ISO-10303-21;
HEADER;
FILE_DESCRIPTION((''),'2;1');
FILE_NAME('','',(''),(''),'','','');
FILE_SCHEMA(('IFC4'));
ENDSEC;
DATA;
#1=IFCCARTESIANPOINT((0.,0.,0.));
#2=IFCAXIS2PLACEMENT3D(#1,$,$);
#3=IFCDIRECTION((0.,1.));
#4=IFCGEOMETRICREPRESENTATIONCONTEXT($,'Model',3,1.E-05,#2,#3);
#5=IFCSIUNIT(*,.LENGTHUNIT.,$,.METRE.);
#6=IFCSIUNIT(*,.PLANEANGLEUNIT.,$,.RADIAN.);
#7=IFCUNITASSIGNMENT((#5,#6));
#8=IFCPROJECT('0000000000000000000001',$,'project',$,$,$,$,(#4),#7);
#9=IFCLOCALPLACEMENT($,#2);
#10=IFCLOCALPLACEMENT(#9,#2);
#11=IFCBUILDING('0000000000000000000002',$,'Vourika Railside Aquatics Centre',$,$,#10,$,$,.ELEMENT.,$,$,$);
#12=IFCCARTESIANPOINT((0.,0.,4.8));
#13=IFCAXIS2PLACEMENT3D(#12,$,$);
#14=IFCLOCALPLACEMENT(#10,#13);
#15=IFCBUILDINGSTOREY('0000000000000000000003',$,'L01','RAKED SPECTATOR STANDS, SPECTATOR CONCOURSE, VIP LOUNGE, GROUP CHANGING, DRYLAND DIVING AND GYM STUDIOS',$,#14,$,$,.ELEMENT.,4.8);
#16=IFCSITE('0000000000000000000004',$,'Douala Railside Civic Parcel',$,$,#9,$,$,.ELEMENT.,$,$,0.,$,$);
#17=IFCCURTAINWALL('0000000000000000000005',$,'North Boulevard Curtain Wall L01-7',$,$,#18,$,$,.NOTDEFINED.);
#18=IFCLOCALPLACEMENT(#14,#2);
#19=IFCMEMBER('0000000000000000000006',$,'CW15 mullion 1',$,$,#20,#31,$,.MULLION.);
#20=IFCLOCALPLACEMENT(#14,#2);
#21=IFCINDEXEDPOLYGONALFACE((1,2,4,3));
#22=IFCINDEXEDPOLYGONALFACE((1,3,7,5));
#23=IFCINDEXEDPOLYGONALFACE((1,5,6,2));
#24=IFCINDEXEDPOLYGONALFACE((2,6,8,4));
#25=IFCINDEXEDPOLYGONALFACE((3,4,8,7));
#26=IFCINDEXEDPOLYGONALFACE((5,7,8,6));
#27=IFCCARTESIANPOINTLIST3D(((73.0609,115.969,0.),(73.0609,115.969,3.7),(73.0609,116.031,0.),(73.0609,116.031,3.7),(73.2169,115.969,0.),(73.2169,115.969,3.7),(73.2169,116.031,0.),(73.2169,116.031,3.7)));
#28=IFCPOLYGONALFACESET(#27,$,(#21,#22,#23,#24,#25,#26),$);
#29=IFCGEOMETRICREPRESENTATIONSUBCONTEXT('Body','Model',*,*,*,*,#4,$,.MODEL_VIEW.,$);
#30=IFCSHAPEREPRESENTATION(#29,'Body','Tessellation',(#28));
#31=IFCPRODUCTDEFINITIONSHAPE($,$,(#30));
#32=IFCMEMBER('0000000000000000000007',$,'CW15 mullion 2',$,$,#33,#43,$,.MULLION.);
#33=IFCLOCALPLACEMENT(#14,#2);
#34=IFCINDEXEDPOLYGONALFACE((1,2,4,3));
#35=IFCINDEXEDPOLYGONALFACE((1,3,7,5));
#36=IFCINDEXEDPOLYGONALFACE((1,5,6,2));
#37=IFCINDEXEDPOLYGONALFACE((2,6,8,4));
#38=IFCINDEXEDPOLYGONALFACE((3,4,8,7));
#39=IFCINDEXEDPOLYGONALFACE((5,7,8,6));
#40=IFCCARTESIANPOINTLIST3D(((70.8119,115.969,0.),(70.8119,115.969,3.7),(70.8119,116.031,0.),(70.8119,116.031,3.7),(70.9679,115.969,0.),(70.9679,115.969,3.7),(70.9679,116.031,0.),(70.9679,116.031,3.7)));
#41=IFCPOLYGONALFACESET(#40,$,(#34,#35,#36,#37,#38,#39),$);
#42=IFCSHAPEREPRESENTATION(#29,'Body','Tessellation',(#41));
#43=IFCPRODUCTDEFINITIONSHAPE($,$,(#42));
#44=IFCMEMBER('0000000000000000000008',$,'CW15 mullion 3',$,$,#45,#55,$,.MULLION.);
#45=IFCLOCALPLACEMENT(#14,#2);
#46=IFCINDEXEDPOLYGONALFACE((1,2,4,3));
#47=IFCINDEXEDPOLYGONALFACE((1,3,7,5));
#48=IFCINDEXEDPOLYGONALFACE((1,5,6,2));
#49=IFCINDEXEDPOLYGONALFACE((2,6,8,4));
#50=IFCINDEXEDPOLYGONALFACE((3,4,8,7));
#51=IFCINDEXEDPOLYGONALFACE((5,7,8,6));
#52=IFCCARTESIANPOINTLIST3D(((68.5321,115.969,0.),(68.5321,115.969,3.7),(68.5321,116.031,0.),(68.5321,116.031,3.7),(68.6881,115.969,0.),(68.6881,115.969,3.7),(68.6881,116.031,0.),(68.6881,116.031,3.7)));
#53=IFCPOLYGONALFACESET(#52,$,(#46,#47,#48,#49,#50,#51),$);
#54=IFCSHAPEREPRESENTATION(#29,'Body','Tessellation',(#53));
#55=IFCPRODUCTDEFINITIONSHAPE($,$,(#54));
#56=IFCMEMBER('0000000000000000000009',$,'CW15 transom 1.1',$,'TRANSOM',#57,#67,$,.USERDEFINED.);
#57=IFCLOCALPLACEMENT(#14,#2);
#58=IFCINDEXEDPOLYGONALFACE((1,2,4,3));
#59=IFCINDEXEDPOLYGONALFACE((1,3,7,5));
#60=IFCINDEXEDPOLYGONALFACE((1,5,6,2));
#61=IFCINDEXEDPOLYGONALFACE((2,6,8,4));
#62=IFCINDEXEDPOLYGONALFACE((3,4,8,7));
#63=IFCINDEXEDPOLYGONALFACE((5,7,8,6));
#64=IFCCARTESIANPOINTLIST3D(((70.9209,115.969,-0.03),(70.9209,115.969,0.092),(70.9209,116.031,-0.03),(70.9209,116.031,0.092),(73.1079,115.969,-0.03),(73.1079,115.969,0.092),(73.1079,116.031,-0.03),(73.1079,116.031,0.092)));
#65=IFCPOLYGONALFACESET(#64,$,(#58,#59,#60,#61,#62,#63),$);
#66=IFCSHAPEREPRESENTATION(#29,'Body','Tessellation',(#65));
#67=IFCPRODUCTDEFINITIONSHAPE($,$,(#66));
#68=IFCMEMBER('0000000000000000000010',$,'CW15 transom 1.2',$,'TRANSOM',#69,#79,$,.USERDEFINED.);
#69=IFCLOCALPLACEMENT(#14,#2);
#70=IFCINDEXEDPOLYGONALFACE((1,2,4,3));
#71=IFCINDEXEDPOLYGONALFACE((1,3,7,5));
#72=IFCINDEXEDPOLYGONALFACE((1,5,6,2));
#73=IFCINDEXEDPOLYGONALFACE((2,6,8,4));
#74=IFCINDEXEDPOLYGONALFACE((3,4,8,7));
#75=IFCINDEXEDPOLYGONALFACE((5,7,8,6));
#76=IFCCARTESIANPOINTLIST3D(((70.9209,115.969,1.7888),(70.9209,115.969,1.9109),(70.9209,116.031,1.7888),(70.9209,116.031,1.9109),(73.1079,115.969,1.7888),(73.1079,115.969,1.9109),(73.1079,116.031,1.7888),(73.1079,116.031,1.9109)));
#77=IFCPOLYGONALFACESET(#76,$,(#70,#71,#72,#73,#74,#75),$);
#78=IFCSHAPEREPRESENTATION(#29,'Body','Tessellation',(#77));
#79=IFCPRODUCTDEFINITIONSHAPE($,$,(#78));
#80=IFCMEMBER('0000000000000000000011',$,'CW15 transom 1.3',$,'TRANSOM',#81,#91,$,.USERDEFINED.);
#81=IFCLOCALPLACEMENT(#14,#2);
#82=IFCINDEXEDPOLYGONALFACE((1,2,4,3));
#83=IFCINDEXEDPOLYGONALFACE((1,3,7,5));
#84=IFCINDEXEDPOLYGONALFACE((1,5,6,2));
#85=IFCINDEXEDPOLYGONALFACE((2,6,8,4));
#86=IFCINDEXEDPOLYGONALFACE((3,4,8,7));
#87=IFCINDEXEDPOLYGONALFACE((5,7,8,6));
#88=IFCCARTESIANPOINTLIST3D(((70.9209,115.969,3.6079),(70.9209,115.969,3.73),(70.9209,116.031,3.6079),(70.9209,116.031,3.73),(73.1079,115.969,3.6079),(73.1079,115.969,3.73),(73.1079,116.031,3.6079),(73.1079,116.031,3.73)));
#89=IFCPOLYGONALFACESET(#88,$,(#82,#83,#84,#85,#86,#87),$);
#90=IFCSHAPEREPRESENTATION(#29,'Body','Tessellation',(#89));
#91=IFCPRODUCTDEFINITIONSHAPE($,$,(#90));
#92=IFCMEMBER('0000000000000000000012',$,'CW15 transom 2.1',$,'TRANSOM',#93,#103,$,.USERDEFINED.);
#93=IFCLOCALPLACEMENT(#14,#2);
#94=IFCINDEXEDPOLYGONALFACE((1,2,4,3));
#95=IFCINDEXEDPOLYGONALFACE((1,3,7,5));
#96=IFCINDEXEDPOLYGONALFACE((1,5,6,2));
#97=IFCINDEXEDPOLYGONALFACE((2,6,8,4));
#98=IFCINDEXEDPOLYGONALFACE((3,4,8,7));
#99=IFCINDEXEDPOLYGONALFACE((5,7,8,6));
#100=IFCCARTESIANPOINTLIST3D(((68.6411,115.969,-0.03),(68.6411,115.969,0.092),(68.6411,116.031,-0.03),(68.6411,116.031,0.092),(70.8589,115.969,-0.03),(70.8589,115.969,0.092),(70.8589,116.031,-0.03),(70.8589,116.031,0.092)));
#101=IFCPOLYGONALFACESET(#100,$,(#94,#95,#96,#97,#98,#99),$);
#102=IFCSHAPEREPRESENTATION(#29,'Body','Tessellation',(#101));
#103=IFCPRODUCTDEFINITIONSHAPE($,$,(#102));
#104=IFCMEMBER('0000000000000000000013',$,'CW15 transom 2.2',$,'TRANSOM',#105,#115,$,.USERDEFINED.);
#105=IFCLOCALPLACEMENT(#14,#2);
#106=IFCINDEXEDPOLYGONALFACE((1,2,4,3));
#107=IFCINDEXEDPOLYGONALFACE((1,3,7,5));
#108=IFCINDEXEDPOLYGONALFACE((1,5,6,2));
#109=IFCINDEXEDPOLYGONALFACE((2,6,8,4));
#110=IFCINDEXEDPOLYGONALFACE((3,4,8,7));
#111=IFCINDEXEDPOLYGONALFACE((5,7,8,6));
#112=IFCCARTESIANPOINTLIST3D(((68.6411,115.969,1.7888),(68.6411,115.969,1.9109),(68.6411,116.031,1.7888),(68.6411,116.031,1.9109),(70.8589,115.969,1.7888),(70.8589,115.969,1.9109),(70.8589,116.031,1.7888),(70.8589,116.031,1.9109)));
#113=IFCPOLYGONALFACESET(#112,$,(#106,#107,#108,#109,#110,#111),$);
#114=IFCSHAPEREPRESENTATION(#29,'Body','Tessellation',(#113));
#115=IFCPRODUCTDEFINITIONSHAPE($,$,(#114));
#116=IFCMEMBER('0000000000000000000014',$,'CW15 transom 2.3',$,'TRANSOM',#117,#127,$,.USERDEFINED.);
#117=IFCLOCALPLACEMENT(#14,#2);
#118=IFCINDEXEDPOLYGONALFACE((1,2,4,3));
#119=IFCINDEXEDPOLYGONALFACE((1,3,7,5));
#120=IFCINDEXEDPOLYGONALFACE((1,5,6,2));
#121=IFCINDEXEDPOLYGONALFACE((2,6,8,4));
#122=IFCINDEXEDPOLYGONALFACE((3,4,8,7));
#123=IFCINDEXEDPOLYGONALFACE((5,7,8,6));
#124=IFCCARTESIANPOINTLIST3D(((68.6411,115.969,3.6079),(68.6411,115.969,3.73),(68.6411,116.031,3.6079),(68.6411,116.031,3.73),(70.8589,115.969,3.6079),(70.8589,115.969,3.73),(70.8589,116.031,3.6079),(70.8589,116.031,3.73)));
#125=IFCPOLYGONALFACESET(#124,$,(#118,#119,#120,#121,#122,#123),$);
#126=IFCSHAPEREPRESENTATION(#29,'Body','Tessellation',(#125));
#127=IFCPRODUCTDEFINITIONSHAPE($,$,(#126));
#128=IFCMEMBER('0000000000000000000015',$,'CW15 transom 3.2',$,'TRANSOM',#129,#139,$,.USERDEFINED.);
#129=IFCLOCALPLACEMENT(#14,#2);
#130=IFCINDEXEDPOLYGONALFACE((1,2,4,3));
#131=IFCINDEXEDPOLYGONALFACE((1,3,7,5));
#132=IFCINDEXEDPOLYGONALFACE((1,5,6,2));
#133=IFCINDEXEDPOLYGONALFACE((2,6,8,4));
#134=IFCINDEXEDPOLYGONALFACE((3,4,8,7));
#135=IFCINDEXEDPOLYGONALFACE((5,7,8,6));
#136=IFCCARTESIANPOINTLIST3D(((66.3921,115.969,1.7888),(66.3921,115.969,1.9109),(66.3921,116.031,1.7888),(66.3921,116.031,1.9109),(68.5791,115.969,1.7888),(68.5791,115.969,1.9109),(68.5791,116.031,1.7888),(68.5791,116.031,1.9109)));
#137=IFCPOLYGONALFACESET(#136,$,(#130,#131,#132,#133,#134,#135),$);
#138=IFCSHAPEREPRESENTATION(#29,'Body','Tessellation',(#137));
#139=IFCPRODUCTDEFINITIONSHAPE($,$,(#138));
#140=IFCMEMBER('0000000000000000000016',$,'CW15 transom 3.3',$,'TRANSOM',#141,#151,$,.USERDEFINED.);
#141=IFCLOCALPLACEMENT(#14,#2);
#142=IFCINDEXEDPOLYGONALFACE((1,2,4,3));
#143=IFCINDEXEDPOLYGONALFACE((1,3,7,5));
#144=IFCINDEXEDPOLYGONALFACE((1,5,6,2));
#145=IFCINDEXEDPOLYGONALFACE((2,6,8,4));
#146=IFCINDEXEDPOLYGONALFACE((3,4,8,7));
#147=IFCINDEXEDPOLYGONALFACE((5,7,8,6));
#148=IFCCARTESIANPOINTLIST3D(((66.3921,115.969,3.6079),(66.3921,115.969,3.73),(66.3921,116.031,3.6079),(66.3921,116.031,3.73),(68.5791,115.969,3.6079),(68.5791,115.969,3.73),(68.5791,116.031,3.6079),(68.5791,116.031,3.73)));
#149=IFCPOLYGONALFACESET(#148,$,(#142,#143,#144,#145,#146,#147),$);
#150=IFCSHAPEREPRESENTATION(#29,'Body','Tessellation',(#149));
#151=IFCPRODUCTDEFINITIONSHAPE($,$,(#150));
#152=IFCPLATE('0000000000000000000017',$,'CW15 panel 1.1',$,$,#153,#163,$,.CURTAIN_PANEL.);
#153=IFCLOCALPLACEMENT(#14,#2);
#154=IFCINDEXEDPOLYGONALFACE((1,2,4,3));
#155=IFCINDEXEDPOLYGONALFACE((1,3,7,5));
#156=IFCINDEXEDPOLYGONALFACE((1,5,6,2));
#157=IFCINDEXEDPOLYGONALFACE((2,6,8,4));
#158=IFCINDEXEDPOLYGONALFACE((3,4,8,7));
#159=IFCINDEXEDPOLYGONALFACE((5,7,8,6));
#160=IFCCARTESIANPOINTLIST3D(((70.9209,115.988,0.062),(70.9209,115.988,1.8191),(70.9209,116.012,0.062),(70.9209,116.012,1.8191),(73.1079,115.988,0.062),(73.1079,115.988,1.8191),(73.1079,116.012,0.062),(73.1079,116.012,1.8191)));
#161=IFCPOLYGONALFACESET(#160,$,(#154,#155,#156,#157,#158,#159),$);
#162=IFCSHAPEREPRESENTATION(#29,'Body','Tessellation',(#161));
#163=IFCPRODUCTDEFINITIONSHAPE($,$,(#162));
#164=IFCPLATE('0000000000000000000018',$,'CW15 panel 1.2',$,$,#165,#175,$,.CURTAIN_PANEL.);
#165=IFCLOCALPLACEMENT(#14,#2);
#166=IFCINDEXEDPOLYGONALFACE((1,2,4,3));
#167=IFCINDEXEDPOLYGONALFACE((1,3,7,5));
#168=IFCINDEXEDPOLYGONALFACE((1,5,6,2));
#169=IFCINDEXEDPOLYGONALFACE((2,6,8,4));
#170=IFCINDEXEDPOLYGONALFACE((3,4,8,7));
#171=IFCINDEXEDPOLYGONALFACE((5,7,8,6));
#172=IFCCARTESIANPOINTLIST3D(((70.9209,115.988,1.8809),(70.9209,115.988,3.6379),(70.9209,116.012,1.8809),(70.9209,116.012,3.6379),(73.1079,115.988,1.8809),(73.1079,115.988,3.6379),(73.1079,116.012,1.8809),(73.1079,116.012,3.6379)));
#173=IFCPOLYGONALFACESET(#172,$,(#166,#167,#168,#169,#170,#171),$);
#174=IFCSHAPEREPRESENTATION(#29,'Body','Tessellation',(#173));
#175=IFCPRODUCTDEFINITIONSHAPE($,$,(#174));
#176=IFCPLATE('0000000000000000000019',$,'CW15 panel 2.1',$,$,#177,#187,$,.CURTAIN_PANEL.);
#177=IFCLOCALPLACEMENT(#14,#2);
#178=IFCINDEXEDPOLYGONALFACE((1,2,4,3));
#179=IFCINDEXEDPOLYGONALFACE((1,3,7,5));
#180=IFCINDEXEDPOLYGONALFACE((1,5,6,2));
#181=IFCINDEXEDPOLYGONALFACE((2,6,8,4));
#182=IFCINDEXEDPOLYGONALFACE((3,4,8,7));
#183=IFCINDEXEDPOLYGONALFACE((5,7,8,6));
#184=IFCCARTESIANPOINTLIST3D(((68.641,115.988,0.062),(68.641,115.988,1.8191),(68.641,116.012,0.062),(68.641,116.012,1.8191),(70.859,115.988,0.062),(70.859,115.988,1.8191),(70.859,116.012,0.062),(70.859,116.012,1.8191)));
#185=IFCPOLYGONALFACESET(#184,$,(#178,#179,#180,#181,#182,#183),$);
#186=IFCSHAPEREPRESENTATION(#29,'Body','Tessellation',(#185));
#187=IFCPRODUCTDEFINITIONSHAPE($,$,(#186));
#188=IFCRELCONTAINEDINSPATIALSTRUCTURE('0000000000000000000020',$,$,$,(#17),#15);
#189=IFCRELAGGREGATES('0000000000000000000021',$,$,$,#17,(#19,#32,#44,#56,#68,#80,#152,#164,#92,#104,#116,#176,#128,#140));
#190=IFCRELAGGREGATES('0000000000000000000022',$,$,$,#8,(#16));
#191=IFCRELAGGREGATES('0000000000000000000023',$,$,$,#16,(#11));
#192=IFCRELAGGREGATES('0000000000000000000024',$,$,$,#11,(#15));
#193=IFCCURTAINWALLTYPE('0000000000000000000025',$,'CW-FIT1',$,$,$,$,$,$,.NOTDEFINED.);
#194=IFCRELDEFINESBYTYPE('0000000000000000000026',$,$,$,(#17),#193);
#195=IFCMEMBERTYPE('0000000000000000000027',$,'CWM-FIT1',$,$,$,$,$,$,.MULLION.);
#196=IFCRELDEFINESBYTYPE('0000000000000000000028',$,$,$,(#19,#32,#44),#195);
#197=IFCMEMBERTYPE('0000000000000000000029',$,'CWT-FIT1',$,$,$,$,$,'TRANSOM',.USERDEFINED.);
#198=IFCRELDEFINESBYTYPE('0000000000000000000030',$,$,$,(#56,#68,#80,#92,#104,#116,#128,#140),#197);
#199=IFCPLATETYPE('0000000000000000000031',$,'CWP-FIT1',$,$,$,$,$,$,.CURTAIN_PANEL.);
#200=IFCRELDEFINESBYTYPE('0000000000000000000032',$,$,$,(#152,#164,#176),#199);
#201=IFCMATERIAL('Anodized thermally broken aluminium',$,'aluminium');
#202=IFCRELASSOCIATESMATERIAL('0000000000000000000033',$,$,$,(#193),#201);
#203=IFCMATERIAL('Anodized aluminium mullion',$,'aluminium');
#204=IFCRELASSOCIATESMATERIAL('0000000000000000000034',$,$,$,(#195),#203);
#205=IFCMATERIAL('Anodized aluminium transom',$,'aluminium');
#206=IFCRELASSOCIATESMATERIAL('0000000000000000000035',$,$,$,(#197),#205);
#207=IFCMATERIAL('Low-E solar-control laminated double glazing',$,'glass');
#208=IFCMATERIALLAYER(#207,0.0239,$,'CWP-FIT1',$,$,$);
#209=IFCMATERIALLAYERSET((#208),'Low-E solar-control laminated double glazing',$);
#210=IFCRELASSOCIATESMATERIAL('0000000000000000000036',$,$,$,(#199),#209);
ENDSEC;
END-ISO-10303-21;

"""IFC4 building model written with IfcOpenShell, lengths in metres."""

from ifc_helpers import new_model, si_unit, direction, frame, origin, origin_2d, place, context, subcontext, project, spatial, rectangle, extrude, material, layer, layer_set, material_profile, profile_set, type_object, element, aggregate, save


model = new_model("IFC4")

# Units and contexts
model_context = context("Model", 3, precision=1e-05, world=origin(), true_north=direction((0.0, 1.0)))
body_context = subcontext(model_context, "Body", "Model", "MODEL_VIEW")
ifc_project = project(units=[si_unit("LENGTHUNIT", "METRE"), si_unit("PLANEANGLEUNIT", "RADIAN")], contexts=[model_context])

# Site, building, storey
site_placement = place(None, origin())
site = spatial("IfcSite", under=ifc_project, at=site_placement, Name="Douala Railside Civic Parcel", CompositionType="ELEMENT", RefElevation=0.0)
building_placement = place(site_placement, origin())
building = spatial("IfcBuilding", under=site, at=building_placement, Name="Vourika Railside Aquatics Centre", CompositionType="ELEMENT")
storey_placement = place(building_placement, frame((0.0, 0.0, 4.8)))
storey = spatial("IfcBuildingStorey", under=building, at=storey_placement, Name="L01", Description="RAKED SPECTATOR STANDS, SPECTATOR CONCOURSE, VIP LOUNGE, GROUP CHANGING, DRYLAND DIVING AND GYM STUDIOS", CompositionType="ELEMENT", Elevation=4.8)

# Curtain wall, members, plates
ifc_material_1 = material(Name="Anodized thermally broken aluminium", Category="aluminium")
curtain_wall_type = type_object("IfcCurtainWallType", Name="CW-FIT1", PredefinedType="NOTDEFINED", material=ifc_material_1)
curtain_wall_placement = place(storey_placement, origin())
curtain_wall = element("IfcCurtainWall", 1, at=curtain_wall_placement, inside=storey, type_object=curtain_wall_type, Name="North Boulevard Curtain Wall L01-7", PredefinedType="NOTDEFINED")
ifc_material_2 = material(Name="Anodized aluminium mullion", Category="aluminium")
ifc_material_profile_1 = material_profile(ifc_material_2, rectangle(XDim=0.062, YDim=0.156, at=origin_2d()), Name="ALU-M 62x156")
ifc_profile_set_1 = profile_set([ifc_material_profile_1], Name="Anodized aluminium mullion")
member_type_1 = type_object("IfcMemberType", Name="CWM-FIT1", PredefinedType="MULLION", material=ifc_profile_set_1)
member_1_placement = place(storey_placement, frame((73.1389, 116.0, 0.0), z_axis=(0.0, 0.0, 1.0), x_axis=(0.0, -1.0, 0.0)))
member_1 = element("IfcMember", 2, at=member_1_placement, type_object=member_type_1, Name="CW15 mullion 1", PredefinedType="MULLION", context=body_context, shape_type="SweptSolid", body=[
    extrude(rectangle(XDim=0.062, YDim=0.156, at=origin_2d()), origin(), (0.0, 0.0, 1.0), 3.7),
])
member_2_placement = place(storey_placement, frame((70.8899, 116.0, 0.0), z_axis=(0.0, 0.0, 1.0), x_axis=(0.0, -1.0, 0.0)))
member_2 = element("IfcMember", 3, at=member_2_placement, type_object=member_type_1, Name="CW15 mullion 2", PredefinedType="MULLION", context=body_context, shape_type="SweptSolid", body=[
    extrude(rectangle(XDim=0.062, YDim=0.156, at=origin_2d()), origin(), (0.0, 0.0, 1.0), 3.7),
])
member_3_placement = place(storey_placement, frame((68.6101, 116.0, 0.0), z_axis=(0.0, 0.0, 1.0), x_axis=(0.0, -1.0, 0.0)))
member_3 = element("IfcMember", 4, at=member_3_placement, type_object=member_type_1, Name="CW15 mullion 3", PredefinedType="MULLION", context=body_context, shape_type="SweptSolid", body=[
    extrude(rectangle(XDim=0.062, YDim=0.156, at=origin_2d()), origin(), (0.0, 0.0, 1.0), 3.7),
])
ifc_material_3 = material(Name="Anodized aluminium transom", Category="aluminium")
ifc_material_profile_2 = material_profile(ifc_material_3, rectangle(XDim=0.062, YDim=0.1221, at=origin_2d()), Name="ALU-T 62x122")
ifc_profile_set_2 = profile_set([ifc_material_profile_2], Name="Anodized aluminium transom")
member_type_2 = type_object("IfcMemberType", Name="CWT-FIT1", ElementType="TRANSOM", PredefinedType="USERDEFINED", material=ifc_profile_set_2)
member_4_placement = place(storey_placement, frame((73.1079, 116.0, 0.031), z_axis=(-1.0, 0.0, 0.0), x_axis=(0.0, -1.0, 0.0)))
member_4 = element("IfcMember", 5, at=member_4_placement, type_object=member_type_2, Name="CW15 transom 1.1", ObjectType="TRANSOM", PredefinedType="USERDEFINED", context=body_context, shape_type="SweptSolid", body=[
    extrude(rectangle(XDim=0.062, YDim=0.1221, at=origin_2d()), origin(), (0.0, 0.0, 1.0), 2.187),
])
member_5_placement = place(storey_placement, frame((73.1079, 116.0, 1.8499), z_axis=(-1.0, 0.0, 0.0), x_axis=(0.0, -1.0, 0.0)))
member_5 = element("IfcMember", 6, at=member_5_placement, type_object=member_type_2, Name="CW15 transom 1.2", ObjectType="TRANSOM", PredefinedType="USERDEFINED", context=body_context, shape_type="SweptSolid", body=[
    extrude(rectangle(XDim=0.062, YDim=0.1221, at=origin_2d()), origin(), (0.0, 0.0, 1.0), 2.187),
])
member_6_placement = place(storey_placement, frame((73.1079, 116.0, 3.6689), z_axis=(-1.0, 0.0, 0.0), x_axis=(0.0, -1.0, 0.0)))
member_6 = element("IfcMember", 7, at=member_6_placement, type_object=member_type_2, Name="CW15 transom 1.3", ObjectType="TRANSOM", PredefinedType="USERDEFINED", context=body_context, shape_type="SweptSolid", body=[
    extrude(rectangle(XDim=0.062, YDim=0.1221, at=origin_2d()), origin(), (0.0, 0.0, 1.0), 2.187),
])
member_7_placement = place(storey_placement, frame((70.8589, 116.0, 0.031), z_axis=(-1.0, 0.0, 0.0), x_axis=(0.0, -1.0, 0.0)))
member_7 = element("IfcMember", 8, at=member_7_placement, type_object=member_type_2, Name="CW15 transom 2.1", ObjectType="TRANSOM", PredefinedType="USERDEFINED", context=body_context, shape_type="SweptSolid", body=[
    extrude(rectangle(XDim=0.062, YDim=0.1221, at=origin_2d()), origin(), (0.0, 0.0, 1.0), 2.2178),
])
member_8_placement = place(storey_placement, frame((70.8589, 116.0, 1.8499), z_axis=(-1.0, 0.0, 0.0), x_axis=(0.0, -1.0, 0.0)))
member_8 = element("IfcMember", 9, at=member_8_placement, type_object=member_type_2, Name="CW15 transom 2.2", ObjectType="TRANSOM", PredefinedType="USERDEFINED", context=body_context, shape_type="SweptSolid", body=[
    extrude(rectangle(XDim=0.062, YDim=0.1221, at=origin_2d()), origin(), (0.0, 0.0, 1.0), 2.2178),
])
member_9_placement = place(storey_placement, frame((70.8589, 116.0, 3.6689), z_axis=(-1.0, 0.0, 0.0), x_axis=(0.0, -1.0, 0.0)))
member_9 = element("IfcMember", 10, at=member_9_placement, type_object=member_type_2, Name="CW15 transom 2.3", ObjectType="TRANSOM", PredefinedType="USERDEFINED", context=body_context, shape_type="SweptSolid", body=[
    extrude(rectangle(XDim=0.062, YDim=0.1221, at=origin_2d()), origin(), (0.0, 0.0, 1.0), 2.2178),
])
member_10_placement = place(storey_placement, frame((68.5791, 116.0, 1.8499), z_axis=(-1.0, 0.0, 0.0), x_axis=(0.0, -1.0, 0.0)))
member_10 = element("IfcMember", 11, at=member_10_placement, type_object=member_type_2, Name="CW15 transom 3.2", ObjectType="TRANSOM", PredefinedType="USERDEFINED", context=body_context, shape_type="SweptSolid", body=[
    extrude(rectangle(XDim=0.062, YDim=0.1221, at=origin_2d()), origin(), (0.0, 0.0, 1.0), 2.187),
])
member_11_placement = place(storey_placement, frame((68.5791, 116.0, 3.6689), z_axis=(-1.0, 0.0, 0.0), x_axis=(0.0, -1.0, 0.0)))
member_11 = element("IfcMember", 12, at=member_11_placement, type_object=member_type_2, Name="CW15 transom 3.3", ObjectType="TRANSOM", PredefinedType="USERDEFINED", context=body_context, shape_type="SweptSolid", body=[
    extrude(rectangle(XDim=0.062, YDim=0.1221, at=origin_2d()), origin(), (0.0, 0.0, 1.0), 2.187),
])
ifc_material_4 = material(Name="Low-E solar-control laminated double glazing", Category="glass")
ifc_layer_1 = layer(ifc_material_4, 0.0239, Name="CWP-FIT1")
ifc_layer_set_1 = layer_set([ifc_layer_1], Name="Low-E solar-control laminated double glazing")
plate_type = type_object("IfcPlateType", Name="CWP-FIT1", PredefinedType="CURTAIN_PANEL", material=ifc_layer_set_1)
plate_1_placement = place(storey_placement, frame((72.0144, 116.0, 0.062), z_axis=(0.0, 0.0, 1.0), x_axis=(-1.0, 0.0, 0.0)))
plate_1 = element("IfcPlate", 13, at=plate_1_placement, type_object=plate_type, Name="CW15 panel 1.1", PredefinedType="CURTAIN_PANEL", context=body_context, shape_type="SweptSolid", body=[
    extrude(rectangle(XDim=2.187, YDim=0.0239, at=origin_2d()), origin(), (0.0, 0.0, 1.0), 1.7571),
])
plate_2_placement = place(storey_placement, frame((72.0144, 116.0, 1.8809), z_axis=(0.0, 0.0, 1.0), x_axis=(-1.0, 0.0, 0.0)))
plate_2 = element("IfcPlate", 14, at=plate_2_placement, type_object=plate_type, Name="CW15 panel 1.2", PredefinedType="CURTAIN_PANEL", context=body_context, shape_type="SweptSolid", body=[
    extrude(rectangle(XDim=2.187, YDim=0.0239, at=origin_2d()), origin(), (0.0, 0.0, 1.0), 1.7571),
])
plate_3_placement = place(storey_placement, frame((69.75, 116.0, 0.062), z_axis=(0.0, 0.0, 1.0), x_axis=(-1.0, 0.0, 0.0)))
plate_3 = element("IfcPlate", 15, at=plate_3_placement, type_object=plate_type, Name="CW15 panel 2.1", PredefinedType="CURTAIN_PANEL", context=body_context, shape_type="SweptSolid", body=[
    extrude(rectangle(XDim=2.218, YDim=0.0239, at=origin_2d()), origin(), (0.0, 0.0, 1.0), 1.7571),
])
aggregate(curtain_wall, [member_1, member_2, member_3, member_4, member_5, member_6, plate_1, plate_2, member_7, member_8, member_9, plate_3, member_10, member_11])

save(model, "model.ifc")
